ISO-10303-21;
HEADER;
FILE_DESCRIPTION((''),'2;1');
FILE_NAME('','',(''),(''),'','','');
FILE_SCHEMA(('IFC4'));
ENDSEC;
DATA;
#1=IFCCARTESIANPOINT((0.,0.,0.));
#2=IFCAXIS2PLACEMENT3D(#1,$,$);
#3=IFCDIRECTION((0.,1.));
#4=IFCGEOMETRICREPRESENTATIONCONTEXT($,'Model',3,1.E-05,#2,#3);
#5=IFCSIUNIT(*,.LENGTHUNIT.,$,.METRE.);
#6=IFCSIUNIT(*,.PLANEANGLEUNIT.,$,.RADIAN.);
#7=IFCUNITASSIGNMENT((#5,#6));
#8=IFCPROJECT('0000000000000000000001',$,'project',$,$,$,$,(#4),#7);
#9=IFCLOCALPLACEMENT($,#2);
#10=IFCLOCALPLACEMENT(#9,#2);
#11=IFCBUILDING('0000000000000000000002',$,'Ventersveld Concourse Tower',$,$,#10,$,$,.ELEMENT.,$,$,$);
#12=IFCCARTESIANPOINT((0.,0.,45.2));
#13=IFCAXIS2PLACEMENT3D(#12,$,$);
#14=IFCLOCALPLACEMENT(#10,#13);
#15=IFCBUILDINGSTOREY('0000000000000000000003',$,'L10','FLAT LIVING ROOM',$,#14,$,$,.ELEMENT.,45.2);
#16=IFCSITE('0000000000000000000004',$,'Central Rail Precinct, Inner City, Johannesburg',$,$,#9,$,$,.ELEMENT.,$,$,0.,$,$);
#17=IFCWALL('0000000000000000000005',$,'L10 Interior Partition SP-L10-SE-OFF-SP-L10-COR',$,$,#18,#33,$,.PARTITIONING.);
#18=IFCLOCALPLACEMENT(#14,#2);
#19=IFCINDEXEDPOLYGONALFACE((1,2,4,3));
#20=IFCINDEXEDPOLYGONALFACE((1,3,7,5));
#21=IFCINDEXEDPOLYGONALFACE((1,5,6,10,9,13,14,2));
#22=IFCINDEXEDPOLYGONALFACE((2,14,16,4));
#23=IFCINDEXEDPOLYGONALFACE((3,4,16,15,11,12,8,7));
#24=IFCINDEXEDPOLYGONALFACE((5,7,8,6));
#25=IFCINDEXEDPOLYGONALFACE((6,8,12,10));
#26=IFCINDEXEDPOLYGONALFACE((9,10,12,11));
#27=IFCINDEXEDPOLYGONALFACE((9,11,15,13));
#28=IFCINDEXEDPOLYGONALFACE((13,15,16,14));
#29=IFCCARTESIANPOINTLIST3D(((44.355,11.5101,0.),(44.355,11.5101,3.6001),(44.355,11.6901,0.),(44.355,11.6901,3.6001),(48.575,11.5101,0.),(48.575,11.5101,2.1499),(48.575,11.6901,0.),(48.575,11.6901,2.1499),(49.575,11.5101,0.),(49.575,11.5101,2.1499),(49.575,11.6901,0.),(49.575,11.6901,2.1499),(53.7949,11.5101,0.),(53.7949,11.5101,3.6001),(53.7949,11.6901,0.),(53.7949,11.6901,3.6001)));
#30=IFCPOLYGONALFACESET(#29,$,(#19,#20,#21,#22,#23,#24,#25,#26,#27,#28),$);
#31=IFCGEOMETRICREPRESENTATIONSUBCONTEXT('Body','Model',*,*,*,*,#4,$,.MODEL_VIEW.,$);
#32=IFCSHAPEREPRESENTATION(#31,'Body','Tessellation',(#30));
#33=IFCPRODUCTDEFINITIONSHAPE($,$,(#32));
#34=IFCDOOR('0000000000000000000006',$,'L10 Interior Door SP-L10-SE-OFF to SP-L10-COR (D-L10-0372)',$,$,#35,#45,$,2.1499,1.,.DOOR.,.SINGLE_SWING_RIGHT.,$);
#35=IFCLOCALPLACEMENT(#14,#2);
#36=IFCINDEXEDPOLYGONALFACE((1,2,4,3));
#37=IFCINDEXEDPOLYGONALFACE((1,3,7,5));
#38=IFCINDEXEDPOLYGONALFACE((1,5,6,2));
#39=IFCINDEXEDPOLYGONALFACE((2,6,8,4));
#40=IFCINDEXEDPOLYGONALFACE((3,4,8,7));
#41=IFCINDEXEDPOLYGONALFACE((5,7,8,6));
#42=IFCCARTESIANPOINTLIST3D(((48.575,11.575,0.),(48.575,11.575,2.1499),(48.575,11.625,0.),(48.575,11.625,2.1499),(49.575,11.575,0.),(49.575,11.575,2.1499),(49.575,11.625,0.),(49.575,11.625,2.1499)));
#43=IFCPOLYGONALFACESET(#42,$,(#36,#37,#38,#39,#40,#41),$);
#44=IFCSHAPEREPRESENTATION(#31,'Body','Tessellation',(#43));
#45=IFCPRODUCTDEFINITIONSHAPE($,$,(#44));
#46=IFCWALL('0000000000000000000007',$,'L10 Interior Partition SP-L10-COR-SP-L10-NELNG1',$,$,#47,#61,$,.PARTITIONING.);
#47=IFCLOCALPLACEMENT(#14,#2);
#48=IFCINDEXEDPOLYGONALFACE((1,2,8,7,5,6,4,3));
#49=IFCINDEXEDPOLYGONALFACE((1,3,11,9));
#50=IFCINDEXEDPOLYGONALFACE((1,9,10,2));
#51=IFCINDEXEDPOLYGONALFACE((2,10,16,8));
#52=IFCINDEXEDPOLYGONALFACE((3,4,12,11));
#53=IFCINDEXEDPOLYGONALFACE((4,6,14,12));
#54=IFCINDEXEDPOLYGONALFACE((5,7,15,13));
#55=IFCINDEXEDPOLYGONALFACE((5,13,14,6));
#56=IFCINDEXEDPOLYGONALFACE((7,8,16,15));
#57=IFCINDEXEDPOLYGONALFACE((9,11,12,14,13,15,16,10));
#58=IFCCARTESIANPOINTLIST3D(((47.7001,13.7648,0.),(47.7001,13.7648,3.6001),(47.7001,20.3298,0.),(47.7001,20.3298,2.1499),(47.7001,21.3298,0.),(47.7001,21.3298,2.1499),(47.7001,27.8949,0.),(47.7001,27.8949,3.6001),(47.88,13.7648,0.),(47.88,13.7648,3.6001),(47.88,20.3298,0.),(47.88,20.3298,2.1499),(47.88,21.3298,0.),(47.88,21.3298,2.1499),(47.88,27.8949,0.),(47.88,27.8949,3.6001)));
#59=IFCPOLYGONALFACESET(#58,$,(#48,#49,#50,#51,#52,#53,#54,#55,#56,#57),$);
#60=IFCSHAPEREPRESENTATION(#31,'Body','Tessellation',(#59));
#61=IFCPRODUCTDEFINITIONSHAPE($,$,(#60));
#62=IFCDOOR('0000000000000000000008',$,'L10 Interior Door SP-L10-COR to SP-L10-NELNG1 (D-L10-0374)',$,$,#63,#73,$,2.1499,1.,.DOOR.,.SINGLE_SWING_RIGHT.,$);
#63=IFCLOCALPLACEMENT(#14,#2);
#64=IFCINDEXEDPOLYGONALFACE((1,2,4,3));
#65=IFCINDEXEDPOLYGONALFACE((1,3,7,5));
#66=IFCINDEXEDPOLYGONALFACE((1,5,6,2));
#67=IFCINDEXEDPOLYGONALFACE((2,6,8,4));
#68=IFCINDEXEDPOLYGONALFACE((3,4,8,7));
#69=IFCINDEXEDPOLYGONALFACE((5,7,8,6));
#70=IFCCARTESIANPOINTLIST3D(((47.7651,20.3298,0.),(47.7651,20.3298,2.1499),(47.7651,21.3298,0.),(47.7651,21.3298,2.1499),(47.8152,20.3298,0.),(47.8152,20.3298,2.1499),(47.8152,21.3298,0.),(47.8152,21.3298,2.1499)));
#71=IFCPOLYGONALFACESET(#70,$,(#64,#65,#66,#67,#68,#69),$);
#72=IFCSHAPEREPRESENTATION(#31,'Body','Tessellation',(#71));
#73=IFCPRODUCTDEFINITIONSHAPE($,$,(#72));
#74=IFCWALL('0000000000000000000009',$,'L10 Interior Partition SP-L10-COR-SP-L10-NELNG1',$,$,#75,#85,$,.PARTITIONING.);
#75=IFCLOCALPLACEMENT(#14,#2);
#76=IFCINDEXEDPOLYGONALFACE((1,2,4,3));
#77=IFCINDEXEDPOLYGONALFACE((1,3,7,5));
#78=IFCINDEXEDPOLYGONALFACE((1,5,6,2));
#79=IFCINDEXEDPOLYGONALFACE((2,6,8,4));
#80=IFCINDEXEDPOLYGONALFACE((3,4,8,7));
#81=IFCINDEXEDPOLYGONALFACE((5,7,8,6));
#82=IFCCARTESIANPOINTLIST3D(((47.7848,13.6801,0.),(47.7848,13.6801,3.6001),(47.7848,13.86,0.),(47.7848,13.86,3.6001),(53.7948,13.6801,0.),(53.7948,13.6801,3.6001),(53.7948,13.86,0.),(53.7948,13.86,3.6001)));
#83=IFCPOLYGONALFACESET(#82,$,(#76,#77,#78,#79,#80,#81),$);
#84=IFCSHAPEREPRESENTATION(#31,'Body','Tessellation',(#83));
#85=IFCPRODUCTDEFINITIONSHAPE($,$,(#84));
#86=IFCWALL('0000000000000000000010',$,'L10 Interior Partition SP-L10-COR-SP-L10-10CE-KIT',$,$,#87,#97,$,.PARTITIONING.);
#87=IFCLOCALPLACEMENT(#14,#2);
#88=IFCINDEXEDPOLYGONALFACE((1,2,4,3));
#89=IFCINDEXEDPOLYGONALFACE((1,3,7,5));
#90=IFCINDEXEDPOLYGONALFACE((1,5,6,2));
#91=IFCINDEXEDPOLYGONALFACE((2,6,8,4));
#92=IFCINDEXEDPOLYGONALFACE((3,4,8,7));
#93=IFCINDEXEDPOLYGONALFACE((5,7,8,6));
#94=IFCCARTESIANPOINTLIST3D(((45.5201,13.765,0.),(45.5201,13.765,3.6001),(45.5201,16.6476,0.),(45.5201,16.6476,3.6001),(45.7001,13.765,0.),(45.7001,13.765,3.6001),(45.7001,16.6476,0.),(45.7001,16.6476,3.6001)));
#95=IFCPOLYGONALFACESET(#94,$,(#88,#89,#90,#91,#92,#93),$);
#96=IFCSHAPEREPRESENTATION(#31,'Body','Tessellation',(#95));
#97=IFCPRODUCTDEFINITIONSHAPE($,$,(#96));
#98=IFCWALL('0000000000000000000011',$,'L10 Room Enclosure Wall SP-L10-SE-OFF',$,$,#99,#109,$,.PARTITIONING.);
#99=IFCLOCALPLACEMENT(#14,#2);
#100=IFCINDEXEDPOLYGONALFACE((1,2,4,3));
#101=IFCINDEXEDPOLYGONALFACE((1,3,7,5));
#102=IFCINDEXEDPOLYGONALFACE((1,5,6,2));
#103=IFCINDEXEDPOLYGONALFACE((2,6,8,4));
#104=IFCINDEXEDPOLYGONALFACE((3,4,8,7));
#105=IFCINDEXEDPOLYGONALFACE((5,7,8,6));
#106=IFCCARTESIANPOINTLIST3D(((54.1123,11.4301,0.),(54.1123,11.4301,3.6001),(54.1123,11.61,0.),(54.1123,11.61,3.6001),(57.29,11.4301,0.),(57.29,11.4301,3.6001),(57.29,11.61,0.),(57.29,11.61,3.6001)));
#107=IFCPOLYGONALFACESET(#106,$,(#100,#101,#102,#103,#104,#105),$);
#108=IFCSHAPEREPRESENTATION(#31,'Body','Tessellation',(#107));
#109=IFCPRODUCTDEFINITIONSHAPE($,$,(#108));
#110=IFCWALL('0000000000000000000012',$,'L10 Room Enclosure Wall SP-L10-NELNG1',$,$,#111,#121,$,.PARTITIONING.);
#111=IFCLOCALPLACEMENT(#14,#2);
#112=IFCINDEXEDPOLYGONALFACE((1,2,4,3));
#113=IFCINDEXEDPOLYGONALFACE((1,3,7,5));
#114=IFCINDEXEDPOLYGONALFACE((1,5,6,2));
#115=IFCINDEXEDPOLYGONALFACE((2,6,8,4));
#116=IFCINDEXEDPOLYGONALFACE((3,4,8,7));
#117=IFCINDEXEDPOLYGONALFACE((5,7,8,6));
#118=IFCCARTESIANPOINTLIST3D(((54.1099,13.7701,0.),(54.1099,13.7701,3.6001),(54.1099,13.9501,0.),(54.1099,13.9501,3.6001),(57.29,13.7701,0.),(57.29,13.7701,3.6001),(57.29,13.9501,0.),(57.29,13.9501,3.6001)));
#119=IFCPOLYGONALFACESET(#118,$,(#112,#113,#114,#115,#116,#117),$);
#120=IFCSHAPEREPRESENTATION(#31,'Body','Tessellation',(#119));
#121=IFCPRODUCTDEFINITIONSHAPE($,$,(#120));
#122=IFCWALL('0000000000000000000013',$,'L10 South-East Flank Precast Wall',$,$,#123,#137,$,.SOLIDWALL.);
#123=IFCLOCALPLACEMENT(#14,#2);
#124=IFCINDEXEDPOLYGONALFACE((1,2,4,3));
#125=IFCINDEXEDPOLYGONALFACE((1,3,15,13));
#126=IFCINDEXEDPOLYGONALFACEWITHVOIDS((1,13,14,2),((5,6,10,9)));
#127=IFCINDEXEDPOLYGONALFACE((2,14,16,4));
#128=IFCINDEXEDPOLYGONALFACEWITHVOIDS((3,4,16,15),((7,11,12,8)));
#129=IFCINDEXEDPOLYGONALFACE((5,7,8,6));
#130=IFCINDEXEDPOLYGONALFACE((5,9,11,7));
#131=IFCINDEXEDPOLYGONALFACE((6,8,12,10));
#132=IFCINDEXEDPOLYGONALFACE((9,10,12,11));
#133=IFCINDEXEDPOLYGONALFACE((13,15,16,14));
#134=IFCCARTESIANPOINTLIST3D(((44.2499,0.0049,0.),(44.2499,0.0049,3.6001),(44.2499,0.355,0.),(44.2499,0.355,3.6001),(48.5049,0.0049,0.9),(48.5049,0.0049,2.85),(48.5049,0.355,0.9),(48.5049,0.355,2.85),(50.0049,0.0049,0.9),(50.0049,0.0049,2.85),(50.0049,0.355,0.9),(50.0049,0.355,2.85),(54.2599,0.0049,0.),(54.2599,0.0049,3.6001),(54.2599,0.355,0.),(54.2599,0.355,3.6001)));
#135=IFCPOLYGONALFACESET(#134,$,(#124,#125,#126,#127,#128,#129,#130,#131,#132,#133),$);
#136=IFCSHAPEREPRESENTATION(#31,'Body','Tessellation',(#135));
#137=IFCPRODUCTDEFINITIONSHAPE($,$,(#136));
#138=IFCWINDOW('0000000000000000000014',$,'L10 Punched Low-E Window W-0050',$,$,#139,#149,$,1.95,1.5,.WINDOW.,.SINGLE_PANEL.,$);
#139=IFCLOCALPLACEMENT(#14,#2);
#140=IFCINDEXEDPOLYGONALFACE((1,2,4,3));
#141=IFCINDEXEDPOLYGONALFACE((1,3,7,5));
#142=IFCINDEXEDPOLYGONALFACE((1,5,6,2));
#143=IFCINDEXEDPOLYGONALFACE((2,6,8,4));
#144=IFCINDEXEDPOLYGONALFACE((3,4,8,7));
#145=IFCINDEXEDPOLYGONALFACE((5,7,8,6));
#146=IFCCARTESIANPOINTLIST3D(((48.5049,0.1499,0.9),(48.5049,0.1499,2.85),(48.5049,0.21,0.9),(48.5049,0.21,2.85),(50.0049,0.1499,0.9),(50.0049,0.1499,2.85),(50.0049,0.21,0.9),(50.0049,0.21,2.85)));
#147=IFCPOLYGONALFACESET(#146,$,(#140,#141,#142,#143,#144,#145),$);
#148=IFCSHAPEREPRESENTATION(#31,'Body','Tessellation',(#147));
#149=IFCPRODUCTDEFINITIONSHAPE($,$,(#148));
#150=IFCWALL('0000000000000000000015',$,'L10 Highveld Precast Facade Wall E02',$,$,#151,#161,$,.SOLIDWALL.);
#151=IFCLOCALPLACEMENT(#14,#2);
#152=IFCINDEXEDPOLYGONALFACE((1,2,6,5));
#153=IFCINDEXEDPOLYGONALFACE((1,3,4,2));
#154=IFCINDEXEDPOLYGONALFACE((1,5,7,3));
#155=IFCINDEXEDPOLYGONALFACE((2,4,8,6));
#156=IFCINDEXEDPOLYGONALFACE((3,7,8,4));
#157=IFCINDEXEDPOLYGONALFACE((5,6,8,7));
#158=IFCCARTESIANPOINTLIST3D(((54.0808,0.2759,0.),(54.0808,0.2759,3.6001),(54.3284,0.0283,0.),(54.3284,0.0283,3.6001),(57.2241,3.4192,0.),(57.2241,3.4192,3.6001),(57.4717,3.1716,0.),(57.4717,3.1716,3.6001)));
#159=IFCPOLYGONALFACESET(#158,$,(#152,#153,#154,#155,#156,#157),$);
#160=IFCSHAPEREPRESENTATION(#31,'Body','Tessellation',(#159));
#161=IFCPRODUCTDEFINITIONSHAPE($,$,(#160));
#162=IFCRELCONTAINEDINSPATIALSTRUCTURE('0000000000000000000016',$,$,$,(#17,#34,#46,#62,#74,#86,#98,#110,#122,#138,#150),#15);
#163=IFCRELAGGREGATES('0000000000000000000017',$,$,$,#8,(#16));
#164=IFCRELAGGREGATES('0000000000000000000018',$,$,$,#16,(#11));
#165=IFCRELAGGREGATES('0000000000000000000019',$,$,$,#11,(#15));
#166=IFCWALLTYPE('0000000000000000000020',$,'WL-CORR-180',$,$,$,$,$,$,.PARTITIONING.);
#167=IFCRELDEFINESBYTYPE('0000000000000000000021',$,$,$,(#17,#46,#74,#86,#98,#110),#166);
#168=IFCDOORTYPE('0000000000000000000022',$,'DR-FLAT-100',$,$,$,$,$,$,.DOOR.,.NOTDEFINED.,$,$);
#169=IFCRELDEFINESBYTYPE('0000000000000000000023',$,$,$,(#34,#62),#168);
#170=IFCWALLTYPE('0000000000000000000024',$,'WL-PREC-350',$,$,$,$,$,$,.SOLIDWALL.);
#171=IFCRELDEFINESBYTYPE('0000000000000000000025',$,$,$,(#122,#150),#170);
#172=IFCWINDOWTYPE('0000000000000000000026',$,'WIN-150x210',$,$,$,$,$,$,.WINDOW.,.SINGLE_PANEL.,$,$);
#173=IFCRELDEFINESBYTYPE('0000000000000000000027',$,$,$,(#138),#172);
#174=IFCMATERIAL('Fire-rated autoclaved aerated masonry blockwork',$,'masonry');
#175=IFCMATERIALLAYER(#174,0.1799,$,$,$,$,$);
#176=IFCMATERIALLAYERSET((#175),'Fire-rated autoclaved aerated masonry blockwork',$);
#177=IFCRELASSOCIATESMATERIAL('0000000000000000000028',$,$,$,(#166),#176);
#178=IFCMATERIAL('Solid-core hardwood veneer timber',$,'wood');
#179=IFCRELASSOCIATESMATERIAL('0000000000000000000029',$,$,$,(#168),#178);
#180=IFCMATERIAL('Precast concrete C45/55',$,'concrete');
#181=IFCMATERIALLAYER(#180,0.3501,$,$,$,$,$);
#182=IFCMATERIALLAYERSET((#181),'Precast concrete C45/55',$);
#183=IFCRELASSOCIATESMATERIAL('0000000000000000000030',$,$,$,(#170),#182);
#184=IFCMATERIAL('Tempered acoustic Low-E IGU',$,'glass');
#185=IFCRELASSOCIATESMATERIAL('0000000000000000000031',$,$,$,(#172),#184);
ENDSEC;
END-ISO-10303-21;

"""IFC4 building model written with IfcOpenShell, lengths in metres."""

from ifc_helpers import new_model, si_unit, direction, frame, frame_2d, origin, place, context, subcontext, project, spatial, rectangle, extrude, material, layer, layer_set, type_object, element, fill, save


model = new_model("IFC4")

# Units and contexts
model_context = context("Model", 3, precision=1e-05, world=origin(), true_north=direction((0.0, 1.0)))
body_context = subcontext(model_context, "Body", "Model", "MODEL_VIEW")
ifc_project = project(units=[si_unit("LENGTHUNIT", "METRE"), si_unit("PLANEANGLEUNIT", "RADIAN")], contexts=[model_context])

# Site, building, storey
site_placement = place(None, origin())
site = spatial("IfcSite", under=ifc_project, at=site_placement, Name="Central Rail Precinct, Inner City, Johannesburg", CompositionType="ELEMENT", RefElevation=0.0)
building_placement = place(site_placement, origin())
building = spatial("IfcBuilding", under=site, at=building_placement, Name="Ventersveld Concourse Tower", CompositionType="ELEMENT")
storey_placement = place(building_placement, frame((0.0, 0.0, 45.2)))
storey = spatial("IfcBuildingStorey", under=building, at=storey_placement, Name="L10", Description="FLAT LIVING ROOM", CompositionType="ELEMENT", Elevation=45.2)

# Walls, openings, doors
ifc_material_1 = material(Name="Fire-rated autoclaved aerated masonry blockwork", Category="masonry")
ifc_layer_1 = layer(ifc_material_1, 0.1799)
ifc_layer_set_1 = layer_set([ifc_layer_1], Name="Fire-rated autoclaved aerated masonry blockwork")
wall_type_1 = type_object("IfcWallType", Name="WL-CORR-180", PredefinedType="PARTITIONING", material=ifc_layer_set_1)
wall_1_placement = place(storey_placement, frame((44.355, 11.6001, 0.0), z_axis=(0.0, 0.0, 1.0), x_axis=(1.0, 0.0, 0.0)))
wall_1 = element("IfcWall", 1, at=wall_1_placement, inside=storey, type_object=wall_type_1, Name="L10 Interior Partition SP-L10-SE-OFF-SP-L10-COR", PredefinedType="PARTITIONING", context=body_context, shape_type="SweptSolid", body=[
    extrude(rectangle(XDim=9.4399, YDim=0.1799, at=frame_2d((4.72, 0.0))), origin(), (0.0, 0.0, 1.0), 3.6001),
])
opening_1_placement = place(wall_1_placement, frame((4.22, 0.0, 0.0)))
opening_1 = element("IfcOpeningElement", 2, at=opening_1_placement, cuts=wall_1, PredefinedType="OPENING", context=body_context, shape_type="SweptSolid", body=[
    extrude(rectangle(XDim=1.0, YDim=2.1499, at=frame_2d((0.5, 1.075))), frame((0.0, 0.1001, 0.0), z_axis=(0.0, -1.0, 0.0), x_axis=(1.0, 0.0, 0.0)), (0.0, 0.0, 1.0), 0.2),
])
ifc_material_2 = material(Name="Solid-core hardwood veneer timber", Category="wood")
door_type = type_object("IfcDoorType", Name="DR-FLAT-100", OperationType="NOTDEFINED", PredefinedType="DOOR", material=ifc_material_2)
door_1_placement = place(opening_1_placement, origin())
door_1 = element("IfcDoor", 3, at=door_1_placement, inside=storey, type_object=door_type, Name="L10 Interior Door SP-L10-SE-OFF to SP-L10-COR (D-L10-0372)", OperationType="SINGLE_SWING_RIGHT", OverallHeight=2.1499, OverallWidth=1.0, PredefinedType="DOOR", context=body_context, shape_type="SweptSolid", body=[
    extrude(rectangle(XDim=1.0, YDim=2.1499, at=frame_2d((0.5, 1.075))), frame((0.0, 0.0249, 0.0), z_axis=(0.0, -1.0, 0.0), x_axis=(1.0, 0.0, 0.0)), (0.0, 0.0, 1.0), 0.05),
])
fill(opening_1, door_1)
wall_2_placement = place(storey_placement, frame((47.79, 13.7649, 0.0), z_axis=(0.0, 0.0, 1.0), x_axis=(0.0, 1.0, 0.0)))
wall_2 = element("IfcWall", 4, at=wall_2_placement, inside=storey, type_object=wall_type_1, Name="L10 Interior Partition SP-L10-COR-SP-L10-NELNG1", PredefinedType="PARTITIONING", context=body_context, shape_type="SweptSolid", body=[
    extrude(rectangle(XDim=14.1301, YDim=0.1799, at=frame_2d((7.0649, 0.0))), origin(), (0.0, 0.0, 1.0), 3.6001),
])
opening_2_placement = place(wall_2_placement, frame((6.5649, 0.0, 0.0)))
opening_2 = element("IfcOpeningElement", 5, at=opening_2_placement, cuts=wall_2, PredefinedType="OPENING", context=body_context, shape_type="SweptSolid", body=[
    extrude(rectangle(XDim=1.0, YDim=2.1499, at=frame_2d((0.5, 1.075))), frame((0.0, 0.1001, 0.0), z_axis=(0.0, -1.0, 0.0), x_axis=(1.0, 0.0, 0.0)), (0.0, 0.0, 1.0), 0.2),
])
door_2_placement = place(opening_2_placement, origin())
door_2 = element("IfcDoor", 6, at=door_2_placement, inside=storey, type_object=door_type, Name="L10 Interior Door SP-L10-COR to SP-L10-NELNG1 (D-L10-0374)", OperationType="SINGLE_SWING_RIGHT", OverallHeight=2.1499, OverallWidth=1.0, PredefinedType="DOOR", context=body_context, shape_type="SweptSolid", body=[
    extrude(rectangle(XDim=1.0, YDim=2.1499, at=frame_2d((0.5, 1.075))), frame((0.0, 0.0249, 0.0), z_axis=(0.0, -1.0, 0.0), x_axis=(1.0, 0.0, 0.0)), (0.0, 0.0, 1.0), 0.05),
])
fill(opening_2, door_2)

# Walls
wall_3_placement = place(storey_placement, frame((47.7849, 13.77, 0.0), z_axis=(0.0, 0.0, 1.0), x_axis=(1.0, 0.0, 0.0)))
element("IfcWall", 7, at=wall_3_placement, inside=storey, type_object=wall_type_1, Name="L10 Interior Partition SP-L10-COR-SP-L10-NELNG1", PredefinedType="PARTITIONING", context=body_context, shape_type="SweptSolid", body=[
    extrude(rectangle(XDim=6.01, YDim=0.1799, at=frame_2d((3.0049, 0.0))), origin(), (0.0, 0.0, 1.0), 3.6001),
])
wall_4_placement = place(storey_placement, frame((45.6101, 13.7649, 0.0), z_axis=(0.0, 0.0, 1.0), x_axis=(0.0, 1.0, 0.0)))
element("IfcWall", 8, at=wall_4_placement, inside=storey, type_object=wall_type_1, Name="L10 Interior Partition SP-L10-COR-SP-L10-10CE-KIT", PredefinedType="PARTITIONING", context=body_context, shape_type="SweptSolid", body=[
    extrude(rectangle(XDim=2.8826, YDim=0.1799, at=frame_2d((1.4414, 0.0))), origin(), (0.0, 0.0, 1.0), 3.6001),
])
wall_5_placement = place(storey_placement, frame((54.1123, 11.52, 0.0), z_axis=(0.0, 0.0, 1.0), x_axis=(1.0, 0.0, 0.0)))
element("IfcWall", 9, at=wall_5_placement, inside=storey, type_object=wall_type_1, Name="L10 Room Enclosure Wall SP-L10-SE-OFF", PredefinedType="PARTITIONING", context=body_context, shape_type="SweptSolid", body=[
    extrude(rectangle(XDim=3.1777, YDim=0.1799, at=frame_2d((1.5889, 0.0))), origin(), (0.0, 0.0, 1.0), 3.6001),
])
wall_6_placement = place(storey_placement, frame((57.29, 13.8601, 0.0), z_axis=(0.0, 0.0, 1.0), x_axis=(-1.0, 0.0, 0.0)))
element("IfcWall", 10, at=wall_6_placement, inside=storey, type_object=wall_type_1, Name="L10 Room Enclosure Wall SP-L10-NELNG1", PredefinedType="PARTITIONING", context=body_context, shape_type="SweptSolid", body=[
    extrude(rectangle(XDim=3.1802, YDim=0.1799, at=frame_2d((1.5901, 0.0))), origin(), (0.0, 0.0, 1.0), 3.6001),
])

# Wall, opening, window
ifc_material_3 = material(Name="Precast concrete C45/55", Category="concrete")
ifc_layer_2 = layer(ifc_material_3, 0.3501)
ifc_layer_set_2 = layer_set([ifc_layer_2], Name="Precast concrete C45/55")
wall_type_2 = type_object("IfcWallType", Name="WL-PREC-350", PredefinedType="SOLIDWALL", material=ifc_layer_set_2)
wall_7_placement = place(storey_placement, frame((44.25, 0.1799, 0.0), z_axis=(0.0, 0.0, 1.0), x_axis=(1.0, 0.0, 0.0)))
wall_7 = element("IfcWall", 11, at=wall_7_placement, inside=storey, type_object=wall_type_2, Name="L10 South-East Flank Precast Wall", PredefinedType="SOLIDWALL", context=body_context, shape_type="SweptSolid", body=[
    extrude(rectangle(XDim=10.01, YDim=0.3501, at=frame_2d((5.0049, 0.0))), origin(), (0.0, 0.0, 1.0), 3.6001),
])
opening_3_placement = place(wall_7_placement, frame((4.2549, 0.0, 0.8999)))
opening_3 = element("IfcOpeningElement", 12, at=opening_3_placement, cuts=wall_7, PredefinedType="OPENING", context=body_context, shape_type="SweptSolid", body=[
    extrude(rectangle(XDim=1.5, YDim=1.95, at=frame_2d((0.75, 0.9751))), frame((0.0, 0.1851, 0.0), z_axis=(0.0, -1.0, 0.0), x_axis=(1.0, 0.0, 0.0)), (0.0, 0.0, 1.0), 0.3701),
])
ifc_material_4 = material(Name="Tempered acoustic Low-E IGU", Category="glass")
window_type_1 = type_object("IfcWindowType", Name="WIN-150x210", PartitioningType="SINGLE_PANEL", PredefinedType="WINDOW", material=ifc_material_4)
window_1_placement = place(opening_3_placement, origin())
window_1 = element("IfcWindow", 13, at=window_1_placement, inside=storey, type_object=window_type_1, Name="L10 Punched Low-E Window W-0050", OverallHeight=1.95, OverallWidth=1.5, PartitioningType="SINGLE_PANEL", PredefinedType="WINDOW", context=body_context, shape_type="SweptSolid", body=[
    extrude(rectangle(XDim=1.5, YDim=1.95, at=frame_2d((0.75, 0.9751))), frame((0.0, 0.03, 0.0), z_axis=(0.0, -1.0, 0.0), x_axis=(1.0, 0.0, 0.0)), (0.0, 0.0, 1.0), 0.0601),
])
fill(opening_3, window_1)

# Wall
wall_8_placement = place(storey_placement, frame((54.2046, 0.1521, 0.0), z_axis=(0.0, 0.0, 1.0), x_axis=(0.707107, 0.707107, 0.0)))
element("IfcWall", 14, at=wall_8_placement, inside=storey, type_object=wall_type_2, Name="L10 Highveld Precast Facade Wall E02", PredefinedType="SOLIDWALL", context=body_context, shape_type="SweptSolid", body=[
    extrude(rectangle(XDim=4.4453, YDim=0.3501, at=frame_2d((2.2227, 0.0))), origin(), (0.0, 0.0, 1.0), 3.6001),
])

save(model, "model.ifc")
